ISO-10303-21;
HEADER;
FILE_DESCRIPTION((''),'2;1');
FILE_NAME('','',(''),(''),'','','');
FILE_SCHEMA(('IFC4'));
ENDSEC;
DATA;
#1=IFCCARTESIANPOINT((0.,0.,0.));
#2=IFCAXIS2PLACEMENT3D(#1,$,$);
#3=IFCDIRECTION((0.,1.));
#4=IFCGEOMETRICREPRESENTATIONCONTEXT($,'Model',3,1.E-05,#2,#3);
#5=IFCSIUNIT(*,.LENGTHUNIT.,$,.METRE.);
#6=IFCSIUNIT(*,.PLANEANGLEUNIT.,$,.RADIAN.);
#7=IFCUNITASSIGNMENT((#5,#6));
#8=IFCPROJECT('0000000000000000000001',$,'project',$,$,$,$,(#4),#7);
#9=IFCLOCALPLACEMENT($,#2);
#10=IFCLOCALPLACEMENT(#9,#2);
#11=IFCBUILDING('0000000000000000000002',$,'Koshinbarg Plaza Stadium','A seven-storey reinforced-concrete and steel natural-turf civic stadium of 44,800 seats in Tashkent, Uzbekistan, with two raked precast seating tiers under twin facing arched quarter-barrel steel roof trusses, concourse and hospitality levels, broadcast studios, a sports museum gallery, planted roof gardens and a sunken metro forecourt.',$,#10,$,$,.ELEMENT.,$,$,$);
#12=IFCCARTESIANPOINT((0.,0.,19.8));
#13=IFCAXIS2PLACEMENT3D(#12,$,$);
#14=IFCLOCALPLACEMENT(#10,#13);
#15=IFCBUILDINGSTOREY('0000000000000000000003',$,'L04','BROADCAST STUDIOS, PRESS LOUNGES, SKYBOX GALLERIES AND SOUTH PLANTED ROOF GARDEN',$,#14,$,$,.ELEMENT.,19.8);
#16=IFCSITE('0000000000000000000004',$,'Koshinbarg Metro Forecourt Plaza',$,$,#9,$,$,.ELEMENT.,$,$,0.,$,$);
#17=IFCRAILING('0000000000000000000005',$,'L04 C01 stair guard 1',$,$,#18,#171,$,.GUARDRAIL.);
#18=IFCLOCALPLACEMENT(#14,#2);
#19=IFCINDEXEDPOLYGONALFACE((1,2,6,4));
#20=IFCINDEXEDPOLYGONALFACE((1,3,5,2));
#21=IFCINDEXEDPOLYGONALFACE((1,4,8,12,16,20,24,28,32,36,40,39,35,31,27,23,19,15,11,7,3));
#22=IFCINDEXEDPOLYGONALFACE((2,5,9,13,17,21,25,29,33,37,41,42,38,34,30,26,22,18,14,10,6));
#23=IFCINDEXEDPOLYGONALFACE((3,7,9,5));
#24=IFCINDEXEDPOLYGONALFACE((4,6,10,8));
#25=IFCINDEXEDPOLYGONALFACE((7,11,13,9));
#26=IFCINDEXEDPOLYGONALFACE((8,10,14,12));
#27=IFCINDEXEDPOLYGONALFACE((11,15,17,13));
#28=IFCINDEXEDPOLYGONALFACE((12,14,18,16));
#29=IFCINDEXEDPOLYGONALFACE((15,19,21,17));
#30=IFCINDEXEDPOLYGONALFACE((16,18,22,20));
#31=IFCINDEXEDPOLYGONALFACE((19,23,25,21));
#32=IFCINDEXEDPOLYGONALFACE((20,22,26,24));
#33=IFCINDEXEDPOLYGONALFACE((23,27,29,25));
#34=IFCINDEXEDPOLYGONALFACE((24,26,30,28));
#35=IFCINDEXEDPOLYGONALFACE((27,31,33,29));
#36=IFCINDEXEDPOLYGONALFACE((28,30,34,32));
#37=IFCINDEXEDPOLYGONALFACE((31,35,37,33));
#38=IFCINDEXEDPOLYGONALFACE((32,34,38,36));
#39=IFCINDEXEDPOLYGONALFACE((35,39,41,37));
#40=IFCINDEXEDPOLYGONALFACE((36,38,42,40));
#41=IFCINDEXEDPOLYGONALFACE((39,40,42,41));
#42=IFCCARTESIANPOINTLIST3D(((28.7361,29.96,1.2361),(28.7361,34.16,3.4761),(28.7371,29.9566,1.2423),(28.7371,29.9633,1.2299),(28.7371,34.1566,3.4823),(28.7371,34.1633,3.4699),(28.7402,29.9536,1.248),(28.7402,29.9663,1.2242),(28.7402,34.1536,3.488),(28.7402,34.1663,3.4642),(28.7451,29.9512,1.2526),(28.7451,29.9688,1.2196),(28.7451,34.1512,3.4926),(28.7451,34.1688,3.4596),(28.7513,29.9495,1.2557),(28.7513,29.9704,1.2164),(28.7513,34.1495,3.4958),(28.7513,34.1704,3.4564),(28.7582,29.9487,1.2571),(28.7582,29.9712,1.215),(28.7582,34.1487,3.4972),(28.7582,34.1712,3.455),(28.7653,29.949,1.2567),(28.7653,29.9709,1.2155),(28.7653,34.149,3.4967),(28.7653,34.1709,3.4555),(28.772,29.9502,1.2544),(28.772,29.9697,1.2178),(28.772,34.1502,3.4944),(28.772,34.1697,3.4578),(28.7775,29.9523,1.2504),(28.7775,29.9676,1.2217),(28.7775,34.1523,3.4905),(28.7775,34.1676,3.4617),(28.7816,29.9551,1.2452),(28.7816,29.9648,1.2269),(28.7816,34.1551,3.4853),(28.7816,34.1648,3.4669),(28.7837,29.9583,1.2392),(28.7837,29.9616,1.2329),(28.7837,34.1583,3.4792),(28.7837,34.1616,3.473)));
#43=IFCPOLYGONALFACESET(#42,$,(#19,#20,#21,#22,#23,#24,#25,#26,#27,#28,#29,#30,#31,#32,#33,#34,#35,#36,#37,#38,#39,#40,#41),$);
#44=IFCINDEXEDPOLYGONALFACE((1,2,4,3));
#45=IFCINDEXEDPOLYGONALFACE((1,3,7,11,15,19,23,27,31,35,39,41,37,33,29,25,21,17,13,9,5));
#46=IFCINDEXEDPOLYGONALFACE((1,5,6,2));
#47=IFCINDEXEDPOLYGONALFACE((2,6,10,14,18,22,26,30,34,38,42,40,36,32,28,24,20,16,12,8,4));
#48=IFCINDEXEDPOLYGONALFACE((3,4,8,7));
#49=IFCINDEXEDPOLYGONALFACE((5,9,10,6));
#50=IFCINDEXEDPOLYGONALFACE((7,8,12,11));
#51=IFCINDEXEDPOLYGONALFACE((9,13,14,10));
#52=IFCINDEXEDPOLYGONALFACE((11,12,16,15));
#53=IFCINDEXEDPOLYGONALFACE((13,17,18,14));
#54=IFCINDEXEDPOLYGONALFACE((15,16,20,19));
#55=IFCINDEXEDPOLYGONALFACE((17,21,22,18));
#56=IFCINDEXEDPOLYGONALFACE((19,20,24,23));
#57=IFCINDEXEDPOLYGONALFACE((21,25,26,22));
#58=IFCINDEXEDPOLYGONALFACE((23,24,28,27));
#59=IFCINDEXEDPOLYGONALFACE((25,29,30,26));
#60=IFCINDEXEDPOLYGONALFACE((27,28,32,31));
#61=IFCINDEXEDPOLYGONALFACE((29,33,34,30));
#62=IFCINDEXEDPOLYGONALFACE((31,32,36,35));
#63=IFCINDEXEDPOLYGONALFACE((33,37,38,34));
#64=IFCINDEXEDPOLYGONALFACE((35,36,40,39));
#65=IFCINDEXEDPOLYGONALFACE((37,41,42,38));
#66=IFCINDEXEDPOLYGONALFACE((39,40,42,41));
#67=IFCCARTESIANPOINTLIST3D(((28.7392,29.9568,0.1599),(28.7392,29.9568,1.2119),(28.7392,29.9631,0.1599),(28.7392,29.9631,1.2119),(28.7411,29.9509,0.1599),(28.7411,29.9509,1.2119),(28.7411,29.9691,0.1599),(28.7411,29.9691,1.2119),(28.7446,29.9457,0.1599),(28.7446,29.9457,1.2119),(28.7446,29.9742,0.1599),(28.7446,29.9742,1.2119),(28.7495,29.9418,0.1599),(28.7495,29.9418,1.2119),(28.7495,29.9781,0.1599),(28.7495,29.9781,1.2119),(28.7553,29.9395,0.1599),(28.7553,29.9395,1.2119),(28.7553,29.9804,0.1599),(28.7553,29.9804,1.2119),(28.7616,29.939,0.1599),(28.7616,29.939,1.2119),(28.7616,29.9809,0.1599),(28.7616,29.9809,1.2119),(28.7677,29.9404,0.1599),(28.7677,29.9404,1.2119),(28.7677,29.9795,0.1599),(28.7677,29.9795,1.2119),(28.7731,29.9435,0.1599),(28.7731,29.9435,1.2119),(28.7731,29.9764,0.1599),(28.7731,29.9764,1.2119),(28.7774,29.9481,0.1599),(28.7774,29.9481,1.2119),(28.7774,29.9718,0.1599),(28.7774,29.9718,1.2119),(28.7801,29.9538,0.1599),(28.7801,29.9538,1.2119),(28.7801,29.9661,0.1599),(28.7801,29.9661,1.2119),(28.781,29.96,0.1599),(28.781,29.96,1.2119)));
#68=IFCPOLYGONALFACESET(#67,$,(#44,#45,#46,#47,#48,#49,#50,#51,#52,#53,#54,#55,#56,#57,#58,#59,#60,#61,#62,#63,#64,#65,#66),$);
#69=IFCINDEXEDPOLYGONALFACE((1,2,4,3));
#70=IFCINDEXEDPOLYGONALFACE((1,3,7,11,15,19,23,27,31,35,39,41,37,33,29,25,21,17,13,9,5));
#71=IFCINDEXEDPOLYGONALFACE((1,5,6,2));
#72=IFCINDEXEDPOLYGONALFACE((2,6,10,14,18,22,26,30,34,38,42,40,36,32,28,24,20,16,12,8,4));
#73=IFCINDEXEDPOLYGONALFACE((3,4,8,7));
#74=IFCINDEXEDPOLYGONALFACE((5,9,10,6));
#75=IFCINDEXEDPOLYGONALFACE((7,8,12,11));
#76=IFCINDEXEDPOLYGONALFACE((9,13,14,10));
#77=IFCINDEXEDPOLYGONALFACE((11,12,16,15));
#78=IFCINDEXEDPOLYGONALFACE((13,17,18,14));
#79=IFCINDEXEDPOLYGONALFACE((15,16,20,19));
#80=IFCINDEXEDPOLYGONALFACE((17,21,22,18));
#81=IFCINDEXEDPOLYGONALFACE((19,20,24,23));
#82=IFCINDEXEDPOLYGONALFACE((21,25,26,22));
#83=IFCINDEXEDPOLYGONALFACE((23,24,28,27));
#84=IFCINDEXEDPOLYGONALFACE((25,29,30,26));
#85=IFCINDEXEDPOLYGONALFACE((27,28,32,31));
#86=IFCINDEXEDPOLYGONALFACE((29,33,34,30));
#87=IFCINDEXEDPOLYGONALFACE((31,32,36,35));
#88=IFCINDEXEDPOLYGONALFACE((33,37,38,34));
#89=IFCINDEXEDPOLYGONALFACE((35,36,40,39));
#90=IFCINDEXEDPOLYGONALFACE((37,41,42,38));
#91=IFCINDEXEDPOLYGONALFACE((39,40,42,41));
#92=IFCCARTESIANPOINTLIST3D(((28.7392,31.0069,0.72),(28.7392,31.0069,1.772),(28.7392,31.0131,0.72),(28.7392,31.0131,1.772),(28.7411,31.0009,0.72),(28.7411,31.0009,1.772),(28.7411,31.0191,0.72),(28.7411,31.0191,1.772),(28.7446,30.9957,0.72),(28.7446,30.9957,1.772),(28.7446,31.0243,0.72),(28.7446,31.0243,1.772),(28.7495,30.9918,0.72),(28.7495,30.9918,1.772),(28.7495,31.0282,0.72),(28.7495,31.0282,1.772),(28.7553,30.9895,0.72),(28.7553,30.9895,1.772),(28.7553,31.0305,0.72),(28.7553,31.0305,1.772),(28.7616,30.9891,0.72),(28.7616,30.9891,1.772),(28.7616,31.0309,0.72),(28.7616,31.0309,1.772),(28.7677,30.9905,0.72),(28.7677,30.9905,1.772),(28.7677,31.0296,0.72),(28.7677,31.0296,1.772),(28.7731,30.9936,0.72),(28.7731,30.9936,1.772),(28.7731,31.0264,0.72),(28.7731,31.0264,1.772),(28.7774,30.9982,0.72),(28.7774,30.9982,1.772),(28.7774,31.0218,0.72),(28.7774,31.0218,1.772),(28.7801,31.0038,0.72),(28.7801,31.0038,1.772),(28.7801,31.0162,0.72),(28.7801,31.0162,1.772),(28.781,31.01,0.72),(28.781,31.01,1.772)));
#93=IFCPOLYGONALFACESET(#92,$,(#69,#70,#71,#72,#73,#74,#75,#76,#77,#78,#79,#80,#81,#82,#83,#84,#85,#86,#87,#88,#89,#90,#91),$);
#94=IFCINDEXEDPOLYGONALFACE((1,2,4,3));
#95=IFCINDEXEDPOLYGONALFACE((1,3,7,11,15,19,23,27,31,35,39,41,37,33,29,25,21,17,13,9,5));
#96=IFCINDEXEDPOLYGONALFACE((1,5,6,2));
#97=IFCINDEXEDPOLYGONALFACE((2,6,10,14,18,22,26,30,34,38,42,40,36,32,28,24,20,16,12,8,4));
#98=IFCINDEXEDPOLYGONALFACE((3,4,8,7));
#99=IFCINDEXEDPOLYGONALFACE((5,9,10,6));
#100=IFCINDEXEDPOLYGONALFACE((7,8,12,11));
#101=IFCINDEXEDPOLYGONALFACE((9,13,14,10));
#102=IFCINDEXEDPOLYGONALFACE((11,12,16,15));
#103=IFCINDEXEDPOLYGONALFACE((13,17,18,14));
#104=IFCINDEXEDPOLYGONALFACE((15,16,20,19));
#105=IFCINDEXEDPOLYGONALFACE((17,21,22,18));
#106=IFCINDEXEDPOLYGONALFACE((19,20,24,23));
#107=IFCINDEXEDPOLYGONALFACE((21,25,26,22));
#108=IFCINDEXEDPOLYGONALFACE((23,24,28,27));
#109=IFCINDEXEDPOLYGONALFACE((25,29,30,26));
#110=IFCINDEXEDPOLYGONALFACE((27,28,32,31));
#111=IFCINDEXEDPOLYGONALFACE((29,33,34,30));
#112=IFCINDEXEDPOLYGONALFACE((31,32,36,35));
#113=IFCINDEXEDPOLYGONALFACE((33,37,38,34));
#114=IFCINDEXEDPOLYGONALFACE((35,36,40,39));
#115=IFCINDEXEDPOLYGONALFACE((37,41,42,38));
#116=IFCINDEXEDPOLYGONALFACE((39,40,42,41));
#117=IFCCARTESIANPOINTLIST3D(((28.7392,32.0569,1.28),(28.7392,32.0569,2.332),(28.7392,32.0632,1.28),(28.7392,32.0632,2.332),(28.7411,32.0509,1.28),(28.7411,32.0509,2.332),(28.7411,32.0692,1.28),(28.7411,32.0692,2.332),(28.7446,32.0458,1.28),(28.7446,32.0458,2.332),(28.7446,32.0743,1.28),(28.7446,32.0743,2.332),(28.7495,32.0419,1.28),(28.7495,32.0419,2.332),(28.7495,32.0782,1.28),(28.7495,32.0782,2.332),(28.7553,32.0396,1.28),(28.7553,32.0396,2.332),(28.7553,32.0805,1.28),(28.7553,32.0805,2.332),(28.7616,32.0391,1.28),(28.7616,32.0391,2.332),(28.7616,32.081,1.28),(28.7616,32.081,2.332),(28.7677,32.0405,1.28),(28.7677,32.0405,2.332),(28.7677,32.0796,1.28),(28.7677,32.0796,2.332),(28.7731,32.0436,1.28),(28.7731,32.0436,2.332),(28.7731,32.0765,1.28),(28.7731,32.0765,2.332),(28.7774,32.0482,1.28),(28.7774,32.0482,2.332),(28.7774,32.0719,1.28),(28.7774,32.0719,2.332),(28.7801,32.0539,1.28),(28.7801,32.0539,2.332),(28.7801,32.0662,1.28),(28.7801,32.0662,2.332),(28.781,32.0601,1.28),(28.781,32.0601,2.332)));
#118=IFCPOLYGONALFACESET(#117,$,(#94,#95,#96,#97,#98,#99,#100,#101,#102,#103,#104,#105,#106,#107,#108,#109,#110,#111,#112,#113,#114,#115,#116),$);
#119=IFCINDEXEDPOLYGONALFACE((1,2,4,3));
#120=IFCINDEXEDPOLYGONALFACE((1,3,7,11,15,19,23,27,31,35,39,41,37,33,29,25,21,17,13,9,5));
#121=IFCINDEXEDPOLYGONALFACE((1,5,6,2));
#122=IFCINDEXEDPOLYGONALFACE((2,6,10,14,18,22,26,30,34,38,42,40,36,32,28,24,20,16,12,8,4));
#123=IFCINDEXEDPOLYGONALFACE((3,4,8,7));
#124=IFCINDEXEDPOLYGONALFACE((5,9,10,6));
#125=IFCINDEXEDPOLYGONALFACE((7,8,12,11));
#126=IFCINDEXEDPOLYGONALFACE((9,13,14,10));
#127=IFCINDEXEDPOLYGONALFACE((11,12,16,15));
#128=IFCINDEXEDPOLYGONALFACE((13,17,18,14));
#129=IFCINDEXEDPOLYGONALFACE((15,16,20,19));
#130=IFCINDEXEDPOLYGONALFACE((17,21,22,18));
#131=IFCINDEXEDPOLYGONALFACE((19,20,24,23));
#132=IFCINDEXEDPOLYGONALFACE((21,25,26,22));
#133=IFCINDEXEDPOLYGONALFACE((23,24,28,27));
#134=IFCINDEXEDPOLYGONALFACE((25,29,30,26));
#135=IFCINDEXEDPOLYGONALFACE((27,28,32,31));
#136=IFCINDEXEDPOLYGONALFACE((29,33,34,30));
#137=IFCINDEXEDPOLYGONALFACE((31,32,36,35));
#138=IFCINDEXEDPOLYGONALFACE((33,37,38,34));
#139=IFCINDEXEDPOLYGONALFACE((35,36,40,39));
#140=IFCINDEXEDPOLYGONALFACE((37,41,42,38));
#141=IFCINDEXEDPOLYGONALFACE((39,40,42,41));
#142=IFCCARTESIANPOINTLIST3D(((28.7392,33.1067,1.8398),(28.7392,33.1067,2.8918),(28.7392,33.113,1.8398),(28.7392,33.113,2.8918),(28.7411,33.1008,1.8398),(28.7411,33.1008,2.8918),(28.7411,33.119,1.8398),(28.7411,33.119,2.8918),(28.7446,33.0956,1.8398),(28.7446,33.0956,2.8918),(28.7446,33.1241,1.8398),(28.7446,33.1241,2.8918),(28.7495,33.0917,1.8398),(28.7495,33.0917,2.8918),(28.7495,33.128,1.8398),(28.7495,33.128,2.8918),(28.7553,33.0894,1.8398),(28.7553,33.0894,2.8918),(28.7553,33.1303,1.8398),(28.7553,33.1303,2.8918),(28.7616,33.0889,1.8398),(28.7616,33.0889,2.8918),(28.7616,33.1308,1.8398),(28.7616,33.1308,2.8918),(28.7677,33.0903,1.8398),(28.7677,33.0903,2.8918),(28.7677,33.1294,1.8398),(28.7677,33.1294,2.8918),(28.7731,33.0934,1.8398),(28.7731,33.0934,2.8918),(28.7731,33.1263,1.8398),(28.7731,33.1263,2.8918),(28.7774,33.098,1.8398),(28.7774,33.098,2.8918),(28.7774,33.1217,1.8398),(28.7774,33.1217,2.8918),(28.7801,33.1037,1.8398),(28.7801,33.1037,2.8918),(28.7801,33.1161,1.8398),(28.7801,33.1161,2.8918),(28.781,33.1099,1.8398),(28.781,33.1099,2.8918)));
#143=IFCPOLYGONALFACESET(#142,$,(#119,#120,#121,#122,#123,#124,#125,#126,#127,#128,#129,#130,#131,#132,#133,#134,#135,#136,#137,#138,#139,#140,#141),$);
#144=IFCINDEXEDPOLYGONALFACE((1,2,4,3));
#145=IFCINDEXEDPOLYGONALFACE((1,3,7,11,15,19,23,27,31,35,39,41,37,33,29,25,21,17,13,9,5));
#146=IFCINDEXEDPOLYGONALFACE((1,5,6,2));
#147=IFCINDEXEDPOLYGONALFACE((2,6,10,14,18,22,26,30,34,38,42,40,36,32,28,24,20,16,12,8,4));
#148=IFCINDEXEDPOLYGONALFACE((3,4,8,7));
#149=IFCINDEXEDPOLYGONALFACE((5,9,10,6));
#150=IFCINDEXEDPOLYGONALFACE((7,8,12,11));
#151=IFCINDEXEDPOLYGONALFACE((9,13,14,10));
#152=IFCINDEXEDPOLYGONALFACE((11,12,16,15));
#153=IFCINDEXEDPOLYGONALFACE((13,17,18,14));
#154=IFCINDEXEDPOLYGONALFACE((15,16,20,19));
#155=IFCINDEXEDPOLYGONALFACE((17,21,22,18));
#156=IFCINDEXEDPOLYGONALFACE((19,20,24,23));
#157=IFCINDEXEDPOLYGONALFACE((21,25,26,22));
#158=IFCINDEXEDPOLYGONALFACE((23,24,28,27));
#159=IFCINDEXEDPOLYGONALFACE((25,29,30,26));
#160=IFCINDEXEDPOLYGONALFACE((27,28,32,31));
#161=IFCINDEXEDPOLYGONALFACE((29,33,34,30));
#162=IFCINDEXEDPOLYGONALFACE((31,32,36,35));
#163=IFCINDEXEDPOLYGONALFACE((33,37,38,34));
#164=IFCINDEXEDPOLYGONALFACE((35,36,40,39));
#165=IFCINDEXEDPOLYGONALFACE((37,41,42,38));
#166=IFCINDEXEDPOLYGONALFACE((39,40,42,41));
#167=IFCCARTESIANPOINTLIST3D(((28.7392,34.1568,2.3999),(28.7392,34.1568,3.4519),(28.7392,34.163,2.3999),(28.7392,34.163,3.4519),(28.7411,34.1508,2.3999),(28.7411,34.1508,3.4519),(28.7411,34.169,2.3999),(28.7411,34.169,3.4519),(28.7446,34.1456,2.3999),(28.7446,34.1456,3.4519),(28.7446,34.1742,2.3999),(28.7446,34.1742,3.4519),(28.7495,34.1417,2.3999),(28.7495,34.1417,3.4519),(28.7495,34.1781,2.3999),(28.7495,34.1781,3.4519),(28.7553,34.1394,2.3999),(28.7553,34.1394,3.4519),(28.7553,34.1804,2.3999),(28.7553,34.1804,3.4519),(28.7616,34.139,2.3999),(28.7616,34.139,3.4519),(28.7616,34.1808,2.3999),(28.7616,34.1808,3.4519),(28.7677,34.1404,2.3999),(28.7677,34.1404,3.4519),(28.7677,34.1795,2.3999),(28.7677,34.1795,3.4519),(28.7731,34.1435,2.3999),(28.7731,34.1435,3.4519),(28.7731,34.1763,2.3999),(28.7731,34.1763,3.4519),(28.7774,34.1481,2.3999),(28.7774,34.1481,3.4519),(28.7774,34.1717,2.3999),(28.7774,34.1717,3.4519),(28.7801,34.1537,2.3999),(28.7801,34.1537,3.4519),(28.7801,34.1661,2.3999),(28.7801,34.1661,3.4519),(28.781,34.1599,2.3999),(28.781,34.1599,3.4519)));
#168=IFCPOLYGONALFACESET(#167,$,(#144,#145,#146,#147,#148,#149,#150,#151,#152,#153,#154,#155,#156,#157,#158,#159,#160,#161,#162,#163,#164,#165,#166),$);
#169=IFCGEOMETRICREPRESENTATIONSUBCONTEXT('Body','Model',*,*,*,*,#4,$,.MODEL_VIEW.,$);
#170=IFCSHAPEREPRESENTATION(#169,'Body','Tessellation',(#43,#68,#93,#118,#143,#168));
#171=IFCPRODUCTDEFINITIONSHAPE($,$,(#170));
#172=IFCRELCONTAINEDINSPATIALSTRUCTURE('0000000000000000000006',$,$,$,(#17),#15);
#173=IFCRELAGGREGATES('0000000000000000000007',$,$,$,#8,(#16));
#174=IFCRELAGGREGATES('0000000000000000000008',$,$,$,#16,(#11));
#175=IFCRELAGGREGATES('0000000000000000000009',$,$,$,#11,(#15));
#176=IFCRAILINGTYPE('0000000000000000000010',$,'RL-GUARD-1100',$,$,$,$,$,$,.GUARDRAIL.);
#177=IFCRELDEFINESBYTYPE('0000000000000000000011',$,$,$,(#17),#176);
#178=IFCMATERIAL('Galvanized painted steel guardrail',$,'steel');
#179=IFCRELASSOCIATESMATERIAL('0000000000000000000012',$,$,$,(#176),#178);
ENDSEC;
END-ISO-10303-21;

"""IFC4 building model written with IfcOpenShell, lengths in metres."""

from ifc_helpers import new_model, si_unit, direction, frame, origin, origin_2d, place, context, subcontext, project, spatial, circle, extrude, material, type_object, element, save


model = new_model("IFC4")

# Units and contexts
model_context = context("Model", 3, precision=1e-05, world=origin(), true_north=direction((0.0, 1.0)))
body_context = subcontext(model_context, "Body", "Model", "MODEL_VIEW")
ifc_project = project(units=[si_unit("LENGTHUNIT", "METRE"), si_unit("PLANEANGLEUNIT", "RADIAN")], contexts=[model_context])

# Site, building, storey
site_placement = place(None, origin())
site = spatial("IfcSite", under=ifc_project, at=site_placement, Name="Koshinbarg Metro Forecourt Plaza", CompositionType="ELEMENT", RefElevation=0.0)
building_placement = place(site_placement, origin())
building = spatial("IfcBuilding", under=site, at=building_placement, Name="Koshinbarg Plaza Stadium", Description="A seven-storey reinforced-concrete and steel natural-turf civic stadium of 44,800 seats in Tashkent, Uzbekistan, with two raked precast seating tiers under twin facing arched quarter-barrel steel roof trusses, concourse and hospitality levels, broadcast studios, a sports museum gallery, planted roof gardens and a sunken metro forecourt.", CompositionType="ELEMENT")
storey_placement = place(building_placement, frame((0.0, 0.0, 19.8)))
storey = spatial("IfcBuildingStorey", under=building, at=storey_placement, Name="L04", Description="BROADCAST STUDIOS, PRESS LOUNGES, SKYBOX GALLERIES AND SOUTH PLANTED ROOF GARDEN", CompositionType="ELEMENT", Elevation=19.8)

# Railing
ifc_material_1 = material(Name="Galvanized painted steel guardrail", Category="steel")
railing_type_1 = type_object("IfcRailingType", Name="RL-GUARD-1100", PredefinedType="GUARDRAIL", material=ifc_material_1)
railing_1_placement = place(storey_placement, frame((28.76, 29.96, 0.1599)))
element("IfcRailing", 1, at=railing_1_placement, inside=storey, type_object=railing_type_1, Name="L04 C01 stair guard 1", PredefinedType="GUARDRAIL", context=body_context, shape_type="SweptSolid", body=[
    extrude(circle(Radius=0.0239, at=origin_2d()), frame((0.0, 0.0, 1.0762), z_axis=(0.0, 0.882352, 0.470591), x_axis=(-1.0, 0.0, 0.0)), (0.0, 0.0, 1.0), 4.76),
    extrude(circle(Radius=0.021, at=origin_2d()), origin(), (0.0, 0.0, 1.0), 1.052),
    extrude(circle(Radius=0.021, at=origin_2d()), frame((0.0, 1.05, 0.5601)), (0.0, 0.0, 1.0), 1.052),
    extrude(circle(Radius=0.021, at=origin_2d()), frame((0.0, 2.1001, 1.1201)), (0.0, 0.0, 1.0), 1.052),
    extrude(circle(Radius=0.021, at=origin_2d()), frame((0.0, 3.1499, 1.6799)), (0.0, 0.0, 1.0), 1.052),
    extrude(circle(Radius=0.021, at=origin_2d()), frame((0.0, 4.2, 2.24)), (0.0, 0.0, 1.0), 1.052),
])

save(model, "model.ifc")
